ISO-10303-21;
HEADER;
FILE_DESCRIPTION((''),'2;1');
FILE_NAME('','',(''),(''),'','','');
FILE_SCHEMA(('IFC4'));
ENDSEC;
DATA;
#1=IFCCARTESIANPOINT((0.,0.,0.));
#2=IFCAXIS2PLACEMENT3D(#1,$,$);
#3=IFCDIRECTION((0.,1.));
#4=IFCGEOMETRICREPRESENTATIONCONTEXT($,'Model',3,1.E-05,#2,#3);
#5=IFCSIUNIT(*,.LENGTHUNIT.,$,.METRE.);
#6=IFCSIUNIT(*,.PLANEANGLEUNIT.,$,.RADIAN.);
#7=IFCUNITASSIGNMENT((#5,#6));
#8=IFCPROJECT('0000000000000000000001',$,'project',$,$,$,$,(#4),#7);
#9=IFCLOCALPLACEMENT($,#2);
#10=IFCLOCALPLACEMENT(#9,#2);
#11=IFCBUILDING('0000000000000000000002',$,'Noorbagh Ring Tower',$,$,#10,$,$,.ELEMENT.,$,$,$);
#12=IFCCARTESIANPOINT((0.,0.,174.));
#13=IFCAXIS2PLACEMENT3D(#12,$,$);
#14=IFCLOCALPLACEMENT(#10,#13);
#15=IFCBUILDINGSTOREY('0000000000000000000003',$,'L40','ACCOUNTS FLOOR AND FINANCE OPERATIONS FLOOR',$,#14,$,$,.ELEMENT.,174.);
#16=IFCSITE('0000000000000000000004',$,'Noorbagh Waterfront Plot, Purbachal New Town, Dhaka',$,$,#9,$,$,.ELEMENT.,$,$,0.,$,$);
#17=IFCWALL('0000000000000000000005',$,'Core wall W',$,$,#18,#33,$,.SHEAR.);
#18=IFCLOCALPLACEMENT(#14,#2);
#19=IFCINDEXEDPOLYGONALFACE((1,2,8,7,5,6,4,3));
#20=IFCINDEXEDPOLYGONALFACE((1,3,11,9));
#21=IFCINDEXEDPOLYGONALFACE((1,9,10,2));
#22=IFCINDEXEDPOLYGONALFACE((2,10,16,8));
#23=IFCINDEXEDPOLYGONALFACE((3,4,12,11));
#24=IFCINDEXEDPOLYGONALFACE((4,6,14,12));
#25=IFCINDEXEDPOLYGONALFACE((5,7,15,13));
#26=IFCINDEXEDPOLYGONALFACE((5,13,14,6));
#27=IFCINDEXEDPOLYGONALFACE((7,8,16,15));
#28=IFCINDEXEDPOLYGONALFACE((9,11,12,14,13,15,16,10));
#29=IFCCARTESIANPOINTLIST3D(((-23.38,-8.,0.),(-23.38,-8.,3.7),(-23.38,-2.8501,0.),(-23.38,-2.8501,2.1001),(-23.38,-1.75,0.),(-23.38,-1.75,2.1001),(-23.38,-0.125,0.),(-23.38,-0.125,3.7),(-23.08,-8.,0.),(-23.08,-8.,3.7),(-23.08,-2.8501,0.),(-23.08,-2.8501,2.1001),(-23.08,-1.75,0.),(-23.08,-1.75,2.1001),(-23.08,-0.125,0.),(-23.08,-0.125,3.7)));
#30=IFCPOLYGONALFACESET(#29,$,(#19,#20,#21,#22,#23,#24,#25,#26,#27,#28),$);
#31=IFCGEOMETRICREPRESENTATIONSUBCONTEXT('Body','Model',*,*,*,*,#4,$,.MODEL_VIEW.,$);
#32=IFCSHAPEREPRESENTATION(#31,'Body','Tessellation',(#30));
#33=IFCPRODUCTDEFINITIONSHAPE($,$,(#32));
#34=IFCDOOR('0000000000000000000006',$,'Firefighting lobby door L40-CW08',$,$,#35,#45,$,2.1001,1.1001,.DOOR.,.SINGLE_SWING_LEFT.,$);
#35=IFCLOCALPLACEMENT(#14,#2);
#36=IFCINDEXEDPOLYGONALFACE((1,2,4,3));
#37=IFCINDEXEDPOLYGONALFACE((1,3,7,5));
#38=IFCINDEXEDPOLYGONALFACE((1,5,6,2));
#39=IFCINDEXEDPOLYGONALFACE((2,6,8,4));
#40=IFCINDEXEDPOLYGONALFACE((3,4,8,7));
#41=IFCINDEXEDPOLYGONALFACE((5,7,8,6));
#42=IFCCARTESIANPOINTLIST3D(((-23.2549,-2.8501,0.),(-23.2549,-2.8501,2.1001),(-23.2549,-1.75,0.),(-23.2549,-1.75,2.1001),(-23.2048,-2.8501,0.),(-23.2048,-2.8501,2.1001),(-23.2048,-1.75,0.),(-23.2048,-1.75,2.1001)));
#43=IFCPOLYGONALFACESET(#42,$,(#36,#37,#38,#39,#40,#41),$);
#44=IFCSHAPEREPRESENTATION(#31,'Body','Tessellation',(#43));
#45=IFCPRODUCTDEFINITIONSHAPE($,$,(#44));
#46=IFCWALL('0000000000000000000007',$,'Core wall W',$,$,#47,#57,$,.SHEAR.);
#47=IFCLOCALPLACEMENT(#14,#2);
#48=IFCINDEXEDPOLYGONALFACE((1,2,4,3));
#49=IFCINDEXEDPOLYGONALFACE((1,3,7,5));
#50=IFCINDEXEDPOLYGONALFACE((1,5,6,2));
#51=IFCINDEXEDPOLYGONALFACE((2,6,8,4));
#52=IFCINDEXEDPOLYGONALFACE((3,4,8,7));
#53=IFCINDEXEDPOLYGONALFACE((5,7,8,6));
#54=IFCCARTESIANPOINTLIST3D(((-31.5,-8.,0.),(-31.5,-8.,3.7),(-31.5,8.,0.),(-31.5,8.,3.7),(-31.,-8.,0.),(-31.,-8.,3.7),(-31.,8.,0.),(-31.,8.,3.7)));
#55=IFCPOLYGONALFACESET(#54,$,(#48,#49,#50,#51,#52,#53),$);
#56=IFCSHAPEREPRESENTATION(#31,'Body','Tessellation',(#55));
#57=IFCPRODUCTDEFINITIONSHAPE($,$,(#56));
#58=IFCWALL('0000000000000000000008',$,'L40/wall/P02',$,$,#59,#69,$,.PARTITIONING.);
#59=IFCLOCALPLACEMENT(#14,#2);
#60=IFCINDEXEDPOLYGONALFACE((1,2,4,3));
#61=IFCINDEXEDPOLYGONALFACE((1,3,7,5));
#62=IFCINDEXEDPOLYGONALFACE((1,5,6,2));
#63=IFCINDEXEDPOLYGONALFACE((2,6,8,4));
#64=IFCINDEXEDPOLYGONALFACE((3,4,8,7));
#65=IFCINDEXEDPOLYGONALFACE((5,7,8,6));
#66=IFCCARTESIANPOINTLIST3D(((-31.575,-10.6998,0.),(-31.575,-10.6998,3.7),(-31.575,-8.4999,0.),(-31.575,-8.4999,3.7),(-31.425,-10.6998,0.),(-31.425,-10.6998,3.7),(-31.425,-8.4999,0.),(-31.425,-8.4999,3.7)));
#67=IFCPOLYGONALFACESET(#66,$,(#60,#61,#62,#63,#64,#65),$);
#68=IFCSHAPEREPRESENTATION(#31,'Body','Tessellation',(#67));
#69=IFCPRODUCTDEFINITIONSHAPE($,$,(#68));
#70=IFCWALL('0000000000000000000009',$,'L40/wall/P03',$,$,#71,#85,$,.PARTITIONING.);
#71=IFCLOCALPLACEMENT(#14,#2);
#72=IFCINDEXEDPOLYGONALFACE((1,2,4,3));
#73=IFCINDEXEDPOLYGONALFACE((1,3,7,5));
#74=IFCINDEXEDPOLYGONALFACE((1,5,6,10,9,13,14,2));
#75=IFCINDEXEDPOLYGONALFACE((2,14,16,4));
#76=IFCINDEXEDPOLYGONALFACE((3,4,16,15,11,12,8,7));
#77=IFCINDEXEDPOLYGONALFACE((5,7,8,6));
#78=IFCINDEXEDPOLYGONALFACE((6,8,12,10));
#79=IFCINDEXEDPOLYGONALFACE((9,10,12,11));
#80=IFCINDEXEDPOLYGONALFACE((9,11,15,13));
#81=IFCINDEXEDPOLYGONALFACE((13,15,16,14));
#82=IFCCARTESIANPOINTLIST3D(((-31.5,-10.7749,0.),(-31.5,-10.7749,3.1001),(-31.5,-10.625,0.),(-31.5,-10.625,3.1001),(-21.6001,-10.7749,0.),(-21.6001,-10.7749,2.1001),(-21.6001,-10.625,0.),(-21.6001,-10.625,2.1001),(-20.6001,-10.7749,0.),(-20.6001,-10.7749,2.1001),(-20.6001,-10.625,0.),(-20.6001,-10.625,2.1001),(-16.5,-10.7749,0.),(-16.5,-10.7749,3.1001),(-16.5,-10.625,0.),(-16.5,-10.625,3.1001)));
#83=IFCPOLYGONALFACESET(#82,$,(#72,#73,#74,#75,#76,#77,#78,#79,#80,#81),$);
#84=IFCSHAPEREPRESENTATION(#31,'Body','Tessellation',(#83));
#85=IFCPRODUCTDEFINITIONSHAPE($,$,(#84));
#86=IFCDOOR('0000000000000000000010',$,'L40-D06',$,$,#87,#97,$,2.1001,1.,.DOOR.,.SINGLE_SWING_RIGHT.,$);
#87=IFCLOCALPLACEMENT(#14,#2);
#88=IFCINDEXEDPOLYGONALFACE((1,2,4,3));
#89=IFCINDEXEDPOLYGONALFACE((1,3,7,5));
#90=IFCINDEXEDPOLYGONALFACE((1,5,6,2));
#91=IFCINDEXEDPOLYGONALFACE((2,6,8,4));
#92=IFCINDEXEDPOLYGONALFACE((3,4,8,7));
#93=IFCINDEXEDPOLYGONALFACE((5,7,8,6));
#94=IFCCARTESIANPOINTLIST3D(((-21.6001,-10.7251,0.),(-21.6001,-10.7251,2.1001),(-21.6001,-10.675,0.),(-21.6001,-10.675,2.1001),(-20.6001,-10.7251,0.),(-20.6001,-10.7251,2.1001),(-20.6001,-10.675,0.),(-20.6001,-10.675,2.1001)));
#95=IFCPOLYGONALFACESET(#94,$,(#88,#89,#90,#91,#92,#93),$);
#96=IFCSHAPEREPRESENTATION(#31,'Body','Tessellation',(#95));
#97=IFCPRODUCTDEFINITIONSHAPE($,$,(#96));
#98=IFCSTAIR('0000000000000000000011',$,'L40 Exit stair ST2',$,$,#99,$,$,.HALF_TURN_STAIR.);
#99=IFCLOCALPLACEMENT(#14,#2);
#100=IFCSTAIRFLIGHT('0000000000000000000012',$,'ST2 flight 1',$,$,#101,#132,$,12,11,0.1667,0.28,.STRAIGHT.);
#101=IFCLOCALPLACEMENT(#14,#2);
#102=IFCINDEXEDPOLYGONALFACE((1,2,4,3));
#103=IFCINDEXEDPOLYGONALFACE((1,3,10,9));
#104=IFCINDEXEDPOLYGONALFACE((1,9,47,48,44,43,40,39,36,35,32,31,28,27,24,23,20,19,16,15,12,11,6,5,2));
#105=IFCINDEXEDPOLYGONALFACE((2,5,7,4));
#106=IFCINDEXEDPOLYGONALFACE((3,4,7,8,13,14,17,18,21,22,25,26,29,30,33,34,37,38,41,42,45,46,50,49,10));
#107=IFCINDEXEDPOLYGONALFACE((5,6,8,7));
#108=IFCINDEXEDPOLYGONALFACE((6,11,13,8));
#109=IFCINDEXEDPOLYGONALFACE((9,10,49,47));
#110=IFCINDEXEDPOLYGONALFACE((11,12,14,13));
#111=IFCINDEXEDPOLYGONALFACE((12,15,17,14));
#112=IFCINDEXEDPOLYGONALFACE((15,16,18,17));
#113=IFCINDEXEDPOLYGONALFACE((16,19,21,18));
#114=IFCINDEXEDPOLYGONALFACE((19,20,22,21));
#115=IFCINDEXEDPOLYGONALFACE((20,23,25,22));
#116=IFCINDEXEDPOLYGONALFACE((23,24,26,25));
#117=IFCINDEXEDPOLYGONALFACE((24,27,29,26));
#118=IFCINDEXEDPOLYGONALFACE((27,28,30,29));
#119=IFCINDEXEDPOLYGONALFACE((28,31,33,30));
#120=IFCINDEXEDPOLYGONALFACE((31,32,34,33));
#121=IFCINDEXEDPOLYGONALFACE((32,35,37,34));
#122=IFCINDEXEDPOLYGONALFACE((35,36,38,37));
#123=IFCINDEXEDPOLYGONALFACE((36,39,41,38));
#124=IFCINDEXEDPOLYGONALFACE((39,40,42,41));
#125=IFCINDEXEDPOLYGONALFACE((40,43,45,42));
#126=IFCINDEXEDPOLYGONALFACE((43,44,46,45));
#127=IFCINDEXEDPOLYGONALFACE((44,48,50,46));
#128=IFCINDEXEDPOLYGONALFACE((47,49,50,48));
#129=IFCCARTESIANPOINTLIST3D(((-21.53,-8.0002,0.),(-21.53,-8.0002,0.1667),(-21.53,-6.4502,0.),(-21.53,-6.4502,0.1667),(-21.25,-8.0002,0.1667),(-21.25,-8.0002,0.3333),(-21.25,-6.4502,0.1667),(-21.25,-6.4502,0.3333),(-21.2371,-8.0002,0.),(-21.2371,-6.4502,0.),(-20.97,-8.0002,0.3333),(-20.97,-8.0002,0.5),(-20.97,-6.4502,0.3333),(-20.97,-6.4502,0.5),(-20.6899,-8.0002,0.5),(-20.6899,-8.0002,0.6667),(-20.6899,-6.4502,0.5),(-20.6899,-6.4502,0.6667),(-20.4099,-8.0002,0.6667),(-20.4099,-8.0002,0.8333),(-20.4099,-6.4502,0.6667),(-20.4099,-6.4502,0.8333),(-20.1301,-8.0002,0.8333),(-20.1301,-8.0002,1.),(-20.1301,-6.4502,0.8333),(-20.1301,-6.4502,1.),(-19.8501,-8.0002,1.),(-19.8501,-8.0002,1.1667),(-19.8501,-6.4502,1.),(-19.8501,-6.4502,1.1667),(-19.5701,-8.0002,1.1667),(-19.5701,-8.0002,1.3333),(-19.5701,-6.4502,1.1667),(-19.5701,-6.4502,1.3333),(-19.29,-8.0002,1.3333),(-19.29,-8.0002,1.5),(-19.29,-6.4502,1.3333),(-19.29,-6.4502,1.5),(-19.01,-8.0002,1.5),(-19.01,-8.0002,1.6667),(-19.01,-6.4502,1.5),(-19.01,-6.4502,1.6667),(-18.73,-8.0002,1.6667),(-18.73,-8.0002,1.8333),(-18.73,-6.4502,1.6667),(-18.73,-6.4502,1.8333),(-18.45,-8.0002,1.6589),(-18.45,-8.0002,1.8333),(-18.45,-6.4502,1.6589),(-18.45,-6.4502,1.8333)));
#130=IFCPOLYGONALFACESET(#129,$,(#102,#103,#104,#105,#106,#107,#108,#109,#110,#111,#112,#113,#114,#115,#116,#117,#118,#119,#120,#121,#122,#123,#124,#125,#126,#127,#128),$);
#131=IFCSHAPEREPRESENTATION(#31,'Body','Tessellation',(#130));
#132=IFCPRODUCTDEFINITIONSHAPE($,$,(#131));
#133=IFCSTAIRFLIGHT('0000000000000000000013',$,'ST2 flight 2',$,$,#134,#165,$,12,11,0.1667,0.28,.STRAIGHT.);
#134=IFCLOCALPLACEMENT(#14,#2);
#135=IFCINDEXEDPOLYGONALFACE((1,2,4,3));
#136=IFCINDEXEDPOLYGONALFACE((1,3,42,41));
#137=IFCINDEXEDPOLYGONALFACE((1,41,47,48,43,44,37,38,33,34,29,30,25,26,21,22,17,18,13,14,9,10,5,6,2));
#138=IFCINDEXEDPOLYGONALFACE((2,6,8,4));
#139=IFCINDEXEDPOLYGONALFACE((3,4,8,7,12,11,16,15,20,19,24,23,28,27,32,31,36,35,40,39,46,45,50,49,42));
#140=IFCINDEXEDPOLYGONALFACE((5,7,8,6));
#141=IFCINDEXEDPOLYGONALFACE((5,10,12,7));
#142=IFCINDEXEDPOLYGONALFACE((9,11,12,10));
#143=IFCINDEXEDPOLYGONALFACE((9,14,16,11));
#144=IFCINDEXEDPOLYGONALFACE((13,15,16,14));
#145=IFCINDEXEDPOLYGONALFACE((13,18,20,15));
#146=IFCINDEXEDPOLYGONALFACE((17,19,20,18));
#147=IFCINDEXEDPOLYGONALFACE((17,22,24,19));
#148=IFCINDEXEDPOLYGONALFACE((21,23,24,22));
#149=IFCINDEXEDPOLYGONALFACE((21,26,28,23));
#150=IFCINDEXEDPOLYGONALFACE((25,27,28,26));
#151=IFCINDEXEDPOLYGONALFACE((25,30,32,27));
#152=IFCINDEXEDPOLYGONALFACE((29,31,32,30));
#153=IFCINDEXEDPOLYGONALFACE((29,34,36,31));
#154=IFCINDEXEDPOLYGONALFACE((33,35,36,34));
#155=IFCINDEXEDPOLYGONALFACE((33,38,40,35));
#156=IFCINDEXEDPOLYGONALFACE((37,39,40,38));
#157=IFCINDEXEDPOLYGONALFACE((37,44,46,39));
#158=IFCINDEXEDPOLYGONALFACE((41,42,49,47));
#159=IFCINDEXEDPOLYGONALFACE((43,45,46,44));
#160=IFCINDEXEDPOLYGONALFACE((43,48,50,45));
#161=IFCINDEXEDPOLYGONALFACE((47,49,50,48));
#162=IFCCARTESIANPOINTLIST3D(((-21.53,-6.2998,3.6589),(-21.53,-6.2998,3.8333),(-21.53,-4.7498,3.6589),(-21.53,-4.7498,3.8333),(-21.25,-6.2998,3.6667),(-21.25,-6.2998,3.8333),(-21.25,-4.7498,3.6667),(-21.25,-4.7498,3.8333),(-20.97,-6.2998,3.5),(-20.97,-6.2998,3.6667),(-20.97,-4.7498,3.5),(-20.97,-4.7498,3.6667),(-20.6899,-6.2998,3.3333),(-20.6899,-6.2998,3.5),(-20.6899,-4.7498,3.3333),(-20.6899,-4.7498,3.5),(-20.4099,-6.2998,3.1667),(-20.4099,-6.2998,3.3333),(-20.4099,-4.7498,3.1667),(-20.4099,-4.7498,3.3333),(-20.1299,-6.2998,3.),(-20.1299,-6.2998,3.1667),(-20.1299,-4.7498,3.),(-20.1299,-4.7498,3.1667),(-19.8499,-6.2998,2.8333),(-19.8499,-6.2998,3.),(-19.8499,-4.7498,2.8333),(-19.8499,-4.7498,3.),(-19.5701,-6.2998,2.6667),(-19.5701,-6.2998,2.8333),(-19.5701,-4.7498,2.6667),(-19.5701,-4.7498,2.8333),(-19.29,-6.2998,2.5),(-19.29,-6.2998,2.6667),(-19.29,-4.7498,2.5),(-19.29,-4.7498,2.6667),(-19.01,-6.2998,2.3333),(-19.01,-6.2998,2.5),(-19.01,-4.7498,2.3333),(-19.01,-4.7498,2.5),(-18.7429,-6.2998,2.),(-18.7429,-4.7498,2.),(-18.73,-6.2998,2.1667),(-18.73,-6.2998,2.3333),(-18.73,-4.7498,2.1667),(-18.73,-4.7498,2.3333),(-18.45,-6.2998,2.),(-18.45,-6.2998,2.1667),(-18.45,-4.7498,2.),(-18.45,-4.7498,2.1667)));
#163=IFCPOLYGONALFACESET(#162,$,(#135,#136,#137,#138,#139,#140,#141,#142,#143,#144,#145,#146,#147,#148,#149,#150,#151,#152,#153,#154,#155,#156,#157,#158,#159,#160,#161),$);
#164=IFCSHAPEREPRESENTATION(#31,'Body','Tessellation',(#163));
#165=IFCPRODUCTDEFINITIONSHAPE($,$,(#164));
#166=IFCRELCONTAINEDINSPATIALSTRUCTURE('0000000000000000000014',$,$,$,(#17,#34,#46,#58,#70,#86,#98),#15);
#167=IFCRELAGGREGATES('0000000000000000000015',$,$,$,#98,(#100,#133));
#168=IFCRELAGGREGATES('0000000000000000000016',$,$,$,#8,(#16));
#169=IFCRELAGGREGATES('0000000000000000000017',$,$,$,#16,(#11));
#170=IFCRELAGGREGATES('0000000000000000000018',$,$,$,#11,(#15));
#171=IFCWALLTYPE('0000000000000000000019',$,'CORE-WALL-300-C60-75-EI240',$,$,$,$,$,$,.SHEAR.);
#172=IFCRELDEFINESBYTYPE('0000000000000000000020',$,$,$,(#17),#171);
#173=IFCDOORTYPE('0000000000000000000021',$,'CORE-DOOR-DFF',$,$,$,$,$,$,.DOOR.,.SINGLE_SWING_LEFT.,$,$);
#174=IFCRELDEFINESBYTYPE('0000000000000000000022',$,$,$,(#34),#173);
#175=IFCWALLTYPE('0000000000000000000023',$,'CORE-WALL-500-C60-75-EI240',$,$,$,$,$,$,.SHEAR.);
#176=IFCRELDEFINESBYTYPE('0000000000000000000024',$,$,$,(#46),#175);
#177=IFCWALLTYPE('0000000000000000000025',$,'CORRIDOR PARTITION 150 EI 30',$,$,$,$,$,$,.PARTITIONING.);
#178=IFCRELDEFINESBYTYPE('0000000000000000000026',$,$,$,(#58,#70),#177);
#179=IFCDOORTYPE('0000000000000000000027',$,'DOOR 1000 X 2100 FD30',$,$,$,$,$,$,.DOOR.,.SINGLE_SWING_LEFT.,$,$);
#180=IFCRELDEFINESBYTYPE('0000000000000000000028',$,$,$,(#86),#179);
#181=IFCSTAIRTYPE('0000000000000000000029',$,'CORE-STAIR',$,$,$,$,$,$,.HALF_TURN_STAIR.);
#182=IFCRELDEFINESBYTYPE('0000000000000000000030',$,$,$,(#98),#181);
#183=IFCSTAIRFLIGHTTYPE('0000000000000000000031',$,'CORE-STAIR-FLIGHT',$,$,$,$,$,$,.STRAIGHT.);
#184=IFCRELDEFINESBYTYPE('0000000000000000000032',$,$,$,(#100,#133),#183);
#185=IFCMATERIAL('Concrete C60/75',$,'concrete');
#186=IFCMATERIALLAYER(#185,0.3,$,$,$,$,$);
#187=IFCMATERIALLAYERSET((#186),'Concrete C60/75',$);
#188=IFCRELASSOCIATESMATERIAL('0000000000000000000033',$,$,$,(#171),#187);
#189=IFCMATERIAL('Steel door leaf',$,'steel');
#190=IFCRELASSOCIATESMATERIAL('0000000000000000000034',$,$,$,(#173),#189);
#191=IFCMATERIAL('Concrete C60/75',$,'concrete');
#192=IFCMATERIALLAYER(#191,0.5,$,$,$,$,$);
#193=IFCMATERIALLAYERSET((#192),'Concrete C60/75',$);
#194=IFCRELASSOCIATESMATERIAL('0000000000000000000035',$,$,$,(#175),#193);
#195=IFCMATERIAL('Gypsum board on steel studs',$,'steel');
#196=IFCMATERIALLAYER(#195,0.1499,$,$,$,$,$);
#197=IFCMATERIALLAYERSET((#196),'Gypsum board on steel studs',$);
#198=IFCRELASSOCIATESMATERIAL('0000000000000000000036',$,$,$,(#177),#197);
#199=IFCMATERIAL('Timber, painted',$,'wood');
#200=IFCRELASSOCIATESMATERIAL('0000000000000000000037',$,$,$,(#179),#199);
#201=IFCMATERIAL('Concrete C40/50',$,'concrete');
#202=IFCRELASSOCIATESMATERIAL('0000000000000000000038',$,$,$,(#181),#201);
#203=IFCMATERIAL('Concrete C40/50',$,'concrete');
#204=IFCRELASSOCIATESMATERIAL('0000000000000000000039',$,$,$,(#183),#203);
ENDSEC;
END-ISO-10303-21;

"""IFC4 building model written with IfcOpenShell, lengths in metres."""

from ifc_helpers import new_model, si_unit, direction, frame, frame_2d, origin, place, context, subcontext, project, spatial, polyline, rectangle, outline, extrude, material, layer, layer_set, type_object, element, fill, aggregate, save


model = new_model("IFC4")

# Units and contexts
model_context = context("Model", 3, precision=1e-05, world=origin(), true_north=direction((0.0, 1.0)))
body_context = subcontext(model_context, "Body", "Model", "MODEL_VIEW")
ifc_project = project(units=[si_unit("LENGTHUNIT", "METRE"), si_unit("PLANEANGLEUNIT", "RADIAN")], contexts=[model_context])

# Site, building, storey
site_placement = place(None, origin())
site = spatial("IfcSite", under=ifc_project, at=site_placement, Name="Noorbagh Waterfront Plot, Purbachal New Town, Dhaka", CompositionType="ELEMENT", RefElevation=0.0)
building_placement = place(site_placement, origin())
building = spatial("IfcBuilding", under=site, at=building_placement, Name="Noorbagh Ring Tower", CompositionType="ELEMENT")
storey_placement = place(building_placement, frame((0.0, 0.0, 174.0)))
storey = spatial("IfcBuildingStorey", under=building, at=storey_placement, Name="L40", Description="ACCOUNTS FLOOR AND FINANCE OPERATIONS FLOOR", CompositionType="ELEMENT", Elevation=174.0)

# Shared definitions
ifc_material_1 = material(Name="Concrete C60/75", Category="concrete")
ifc_layer_1 = layer(ifc_material_1, 0.3)
ifc_layer_set_1 = layer_set([ifc_layer_1], Name="Concrete C60/75")
wall_type_1 = type_object("IfcWallType", Name="CORE-WALL-300-C60-75-EI240", PredefinedType="SHEAR", material=ifc_layer_set_1)

# Wall, opening, door
wall_1_placement = place(storey_placement, frame((-23.23, -8.0, 0.0), z_axis=(0.0, 0.0, 1.0), x_axis=(0.0, 1.0, 0.0)))
wall_1 = element("IfcWall", 1, at=wall_1_placement, inside=storey, type_object=wall_type_1, Name="Core wall W", PredefinedType="SHEAR", context=body_context, shape_type="SweptSolid", body=[
    extrude(rectangle(XDim=7.875, YDim=0.3, at=frame_2d((3.9375, 0.0))), origin(), (0.0, 0.0, 1.0), 3.7),
])
opening_1_placement = place(wall_1_placement, frame((5.1499, 0.0, 0.0)))
opening_1 = element("IfcOpeningElement", 2, at=opening_1_placement, cuts=wall_1, PredefinedType="OPENING", context=body_context, shape_type="SweptSolid", body=[
    extrude(rectangle(XDim=1.1001, YDim=2.1001, at=frame_2d((0.55, 1.05))), frame((0.0, 0.1602, 0.0), z_axis=(0.0, -1.0, 0.0), x_axis=(1.0, 0.0, 0.0)), (0.0, 0.0, 1.0), 0.3201),
])
ifc_material_2 = material(Name="Steel door leaf", Category="steel")
door_type_1 = type_object("IfcDoorType", Name="CORE-DOOR-DFF", OperationType="SINGLE_SWING_LEFT", PredefinedType="DOOR", material=ifc_material_2)
door_1_placement = place(opening_1_placement, origin())
door_1 = element("IfcDoor", 3, at=door_1_placement, inside=storey, type_object=door_type_1, Name="Firefighting lobby door L40-CW08", OperationType="SINGLE_SWING_LEFT", OverallHeight=2.1001, OverallWidth=1.1001, PredefinedType="DOOR", context=body_context, shape_type="SweptSolid", body=[
    extrude(rectangle(XDim=1.1001, YDim=2.1001, at=frame_2d((0.55, 1.05))), frame((0.0, 0.0249, 0.0), z_axis=(0.0, -1.0, 0.0), x_axis=(1.0, 0.0, 0.0)), (0.0, 0.0, 1.0), 0.05),
])
fill(opening_1, door_1)

# Walls
ifc_material_3 = material(Name="Concrete C60/75", Category="concrete")
ifc_layer_2 = layer(ifc_material_3, 0.5)
ifc_layer_set_2 = layer_set([ifc_layer_2], Name="Concrete C60/75")
wall_type_2 = type_object("IfcWallType", Name="CORE-WALL-500-C60-75-EI240", PredefinedType="SHEAR", material=ifc_layer_set_2)
wall_2_placement = place(storey_placement, frame((-31.25, -8.0, 0.0), z_axis=(0.0, 0.0, 1.0), x_axis=(0.0, 1.0, 0.0)))
element("IfcWall", 4, at=wall_2_placement, inside=storey, type_object=wall_type_2, Name="Core wall W", PredefinedType="SHEAR", context=body_context, shape_type="SweptSolid", body=[
    extrude(rectangle(XDim=16.0, YDim=0.5, at=frame_2d((8.0, 0.0))), origin(), (0.0, 0.0, 1.0), 3.7),
])
ifc_material_4 = material(Name="Gypsum board on steel studs", Category="steel")
ifc_layer_3 = layer(ifc_material_4, 0.1499)
ifc_layer_set_3 = layer_set([ifc_layer_3], Name="Gypsum board on steel studs")
wall_type_3 = type_object("IfcWallType", Name="CORRIDOR PARTITION 150 EI 30", PredefinedType="PARTITIONING", material=ifc_layer_set_3)
wall_3_placement = place(storey_placement, frame((-31.5, -10.7, 0.0), z_axis=(0.0, 0.0, 1.0), x_axis=(0.0, 1.0, 0.0)))
element("IfcWall", 5, at=wall_3_placement, inside=storey, type_object=wall_type_3, Name="L40/wall/P02", PredefinedType="PARTITIONING", context=body_context, shape_type="SweptSolid", body=[
    extrude(rectangle(XDim=2.2, YDim=0.1499, at=frame_2d((1.1001, 0.0))), origin(), (0.0, 0.0, 1.0), 3.7),
])

# Wall, opening, door
wall_4_placement = place(storey_placement, frame((-31.5, -10.7, 0.0), z_axis=(0.0, 0.0, 1.0), x_axis=(1.0, 0.0, 0.0)))
wall_4 = element("IfcWall", 6, at=wall_4_placement, inside=storey, type_object=wall_type_3, Name="L40/wall/P03", PredefinedType="PARTITIONING", context=body_context, shape_type="SweptSolid", body=[
    extrude(rectangle(XDim=15.0, YDim=0.1499, at=frame_2d((7.5, 0.0))), origin(), (0.0, 0.0, 1.0), 3.1001),
])
opening_2_placement = place(wall_4_placement, frame((9.8999, 0.0, 0.0)))
opening_2 = element("IfcOpeningElement", 7, at=opening_2_placement, cuts=wall_4, PredefinedType="OPENING", context=body_context, shape_type="SweptSolid", body=[
    extrude(rectangle(XDim=1.0, YDim=2.1001, at=frame_2d((0.5, 1.05))), frame((0.0, 0.085, 0.0), z_axis=(0.0, -1.0, 0.0), x_axis=(1.0, 0.0, 0.0)), (0.0, 0.0, 1.0), 0.1699),
])
ifc_material_5 = material(Name="Timber, painted", Category="wood")
door_type_2 = type_object("IfcDoorType", Name="DOOR 1000 X 2100 FD30", OperationType="SINGLE_SWING_LEFT", PredefinedType="DOOR", material=ifc_material_5)
door_2_placement = place(opening_2_placement, origin())
door_2 = element("IfcDoor", 8, at=door_2_placement, inside=storey, type_object=door_type_2, Name="L40-D06", OperationType="SINGLE_SWING_RIGHT", OverallHeight=2.1001, OverallWidth=1.0, PredefinedType="DOOR", context=body_context, shape_type="SweptSolid", body=[
    extrude(rectangle(XDim=1.0, YDim=2.1001, at=frame_2d((0.5, 1.05))), frame((0.0, 0.0249, 0.0), z_axis=(0.0, -1.0, 0.0), x_axis=(1.0, 0.0, 0.0)), (0.0, 0.0, 1.0), 0.05),
])
fill(opening_2, door_2)

# Stair, stair flights
ifc_material_6 = material(Name="Concrete C40/50", Category="concrete")
stair_type = type_object("IfcStairType", Name="CORE-STAIR", PredefinedType="HALF_TURN_STAIR", material=ifc_material_6)
stair_placement = place(storey_placement, origin())
stair = element("IfcStair", 9, at=stair_placement, inside=storey, type_object=stair_type, Name="L40 Exit stair ST2", PredefinedType="HALF_TURN_STAIR")
ifc_material_7 = material(Name="Concrete C40/50", Category="concrete")
stair_flight_type = type_object("IfcStairFlightType", Name="CORE-STAIR-FLIGHT", PredefinedType="STRAIGHT", material=ifc_material_7)
stair_flight_1_placement = place(storey_placement, frame((-21.53, -7.2251, 0.0), z_axis=(0.0, 0.0, 1.0), x_axis=(1.0, 0.0, 0.0)))
stair_flight_1 = element("IfcStairFlight", 10, at=stair_flight_1_placement, type_object=stair_flight_type, Name="ST2 flight 1", NumberOfRisers=12, NumberOfTreads=11, PredefinedType="STRAIGHT", RiserHeight=0.1667, TreadLength=0.28, context=body_context, shape_type="SweptSolid", body=[
    extrude(outline(polyline([(0.0, 0.0), (0.0, 0.1667), (0.28, 0.1667), (0.28, 0.3333), (0.5601, 0.3333), (0.5601, 0.5), (0.8401, 0.5), (0.8401, 0.6667), (1.1201, 0.6667), (1.1201, 0.8333), (1.3999, 0.8333), (1.3999, 1.0), (1.6799, 1.0), (1.6799, 1.1667), (1.96, 1.1667), (1.96, 1.3333), (2.24, 1.3333), (2.24, 1.5), (2.52, 1.5), (2.52, 1.6667), (2.8, 1.6667), (2.8, 1.8333), (3.0801, 1.8333), (3.0801, 2.0), (3.0801, 1.6589), (0.293, 0.0), (0.0, 0.0)])), frame((0.0, 0.7749, 0.0), z_axis=(0.0, -1.0, 0.0), x_axis=(1.0, 0.0, 0.0)), (0.0, 0.0, 1.0), 1.55),
])
stair_flight_2_placement = place(storey_placement, frame((-18.45, -5.5249, 2.0), z_axis=(0.0, 0.0, 1.0), x_axis=(-1.0, 0.0, 0.0)))
stair_flight_2 = element("IfcStairFlight", 11, at=stair_flight_2_placement, type_object=stair_flight_type, Name="ST2 flight 2", NumberOfRisers=12, NumberOfTreads=11, PredefinedType="STRAIGHT", RiserHeight=0.1667, TreadLength=0.28, context=body_context, shape_type="SweptSolid", body=[
    extrude(outline(polyline([(0.0, 0.0), (0.0, 0.1667), (0.28, 0.1667), (0.28, 0.3333), (0.5601, 0.3333), (0.5601, 0.5), (0.8401, 0.5), (0.8401, 0.6667), (1.1201, 0.6667), (1.1201, 0.8333), (1.3999, 0.8333), (1.3999, 1.0), (1.6799, 1.0), (1.6799, 1.1667), (1.96, 1.1667), (1.96, 1.3333), (2.24, 1.3333), (2.24, 1.5), (2.52, 1.5), (2.52, 1.6667), (2.8, 1.6667), (2.8, 1.8333), (3.0801, 1.8333), (3.0801, 2.0), (3.0801, 1.6589), (0.293, 0.0), (0.0, 0.0)])), frame((0.0, 0.7749, 0.0), z_axis=(0.0, -1.0, 0.0), x_axis=(1.0, 0.0, 0.0)), (0.0, 0.0, 1.0), 1.55),
])
aggregate(stair, [stair_flight_1, stair_flight_2])

save(model, "model.ifc")
